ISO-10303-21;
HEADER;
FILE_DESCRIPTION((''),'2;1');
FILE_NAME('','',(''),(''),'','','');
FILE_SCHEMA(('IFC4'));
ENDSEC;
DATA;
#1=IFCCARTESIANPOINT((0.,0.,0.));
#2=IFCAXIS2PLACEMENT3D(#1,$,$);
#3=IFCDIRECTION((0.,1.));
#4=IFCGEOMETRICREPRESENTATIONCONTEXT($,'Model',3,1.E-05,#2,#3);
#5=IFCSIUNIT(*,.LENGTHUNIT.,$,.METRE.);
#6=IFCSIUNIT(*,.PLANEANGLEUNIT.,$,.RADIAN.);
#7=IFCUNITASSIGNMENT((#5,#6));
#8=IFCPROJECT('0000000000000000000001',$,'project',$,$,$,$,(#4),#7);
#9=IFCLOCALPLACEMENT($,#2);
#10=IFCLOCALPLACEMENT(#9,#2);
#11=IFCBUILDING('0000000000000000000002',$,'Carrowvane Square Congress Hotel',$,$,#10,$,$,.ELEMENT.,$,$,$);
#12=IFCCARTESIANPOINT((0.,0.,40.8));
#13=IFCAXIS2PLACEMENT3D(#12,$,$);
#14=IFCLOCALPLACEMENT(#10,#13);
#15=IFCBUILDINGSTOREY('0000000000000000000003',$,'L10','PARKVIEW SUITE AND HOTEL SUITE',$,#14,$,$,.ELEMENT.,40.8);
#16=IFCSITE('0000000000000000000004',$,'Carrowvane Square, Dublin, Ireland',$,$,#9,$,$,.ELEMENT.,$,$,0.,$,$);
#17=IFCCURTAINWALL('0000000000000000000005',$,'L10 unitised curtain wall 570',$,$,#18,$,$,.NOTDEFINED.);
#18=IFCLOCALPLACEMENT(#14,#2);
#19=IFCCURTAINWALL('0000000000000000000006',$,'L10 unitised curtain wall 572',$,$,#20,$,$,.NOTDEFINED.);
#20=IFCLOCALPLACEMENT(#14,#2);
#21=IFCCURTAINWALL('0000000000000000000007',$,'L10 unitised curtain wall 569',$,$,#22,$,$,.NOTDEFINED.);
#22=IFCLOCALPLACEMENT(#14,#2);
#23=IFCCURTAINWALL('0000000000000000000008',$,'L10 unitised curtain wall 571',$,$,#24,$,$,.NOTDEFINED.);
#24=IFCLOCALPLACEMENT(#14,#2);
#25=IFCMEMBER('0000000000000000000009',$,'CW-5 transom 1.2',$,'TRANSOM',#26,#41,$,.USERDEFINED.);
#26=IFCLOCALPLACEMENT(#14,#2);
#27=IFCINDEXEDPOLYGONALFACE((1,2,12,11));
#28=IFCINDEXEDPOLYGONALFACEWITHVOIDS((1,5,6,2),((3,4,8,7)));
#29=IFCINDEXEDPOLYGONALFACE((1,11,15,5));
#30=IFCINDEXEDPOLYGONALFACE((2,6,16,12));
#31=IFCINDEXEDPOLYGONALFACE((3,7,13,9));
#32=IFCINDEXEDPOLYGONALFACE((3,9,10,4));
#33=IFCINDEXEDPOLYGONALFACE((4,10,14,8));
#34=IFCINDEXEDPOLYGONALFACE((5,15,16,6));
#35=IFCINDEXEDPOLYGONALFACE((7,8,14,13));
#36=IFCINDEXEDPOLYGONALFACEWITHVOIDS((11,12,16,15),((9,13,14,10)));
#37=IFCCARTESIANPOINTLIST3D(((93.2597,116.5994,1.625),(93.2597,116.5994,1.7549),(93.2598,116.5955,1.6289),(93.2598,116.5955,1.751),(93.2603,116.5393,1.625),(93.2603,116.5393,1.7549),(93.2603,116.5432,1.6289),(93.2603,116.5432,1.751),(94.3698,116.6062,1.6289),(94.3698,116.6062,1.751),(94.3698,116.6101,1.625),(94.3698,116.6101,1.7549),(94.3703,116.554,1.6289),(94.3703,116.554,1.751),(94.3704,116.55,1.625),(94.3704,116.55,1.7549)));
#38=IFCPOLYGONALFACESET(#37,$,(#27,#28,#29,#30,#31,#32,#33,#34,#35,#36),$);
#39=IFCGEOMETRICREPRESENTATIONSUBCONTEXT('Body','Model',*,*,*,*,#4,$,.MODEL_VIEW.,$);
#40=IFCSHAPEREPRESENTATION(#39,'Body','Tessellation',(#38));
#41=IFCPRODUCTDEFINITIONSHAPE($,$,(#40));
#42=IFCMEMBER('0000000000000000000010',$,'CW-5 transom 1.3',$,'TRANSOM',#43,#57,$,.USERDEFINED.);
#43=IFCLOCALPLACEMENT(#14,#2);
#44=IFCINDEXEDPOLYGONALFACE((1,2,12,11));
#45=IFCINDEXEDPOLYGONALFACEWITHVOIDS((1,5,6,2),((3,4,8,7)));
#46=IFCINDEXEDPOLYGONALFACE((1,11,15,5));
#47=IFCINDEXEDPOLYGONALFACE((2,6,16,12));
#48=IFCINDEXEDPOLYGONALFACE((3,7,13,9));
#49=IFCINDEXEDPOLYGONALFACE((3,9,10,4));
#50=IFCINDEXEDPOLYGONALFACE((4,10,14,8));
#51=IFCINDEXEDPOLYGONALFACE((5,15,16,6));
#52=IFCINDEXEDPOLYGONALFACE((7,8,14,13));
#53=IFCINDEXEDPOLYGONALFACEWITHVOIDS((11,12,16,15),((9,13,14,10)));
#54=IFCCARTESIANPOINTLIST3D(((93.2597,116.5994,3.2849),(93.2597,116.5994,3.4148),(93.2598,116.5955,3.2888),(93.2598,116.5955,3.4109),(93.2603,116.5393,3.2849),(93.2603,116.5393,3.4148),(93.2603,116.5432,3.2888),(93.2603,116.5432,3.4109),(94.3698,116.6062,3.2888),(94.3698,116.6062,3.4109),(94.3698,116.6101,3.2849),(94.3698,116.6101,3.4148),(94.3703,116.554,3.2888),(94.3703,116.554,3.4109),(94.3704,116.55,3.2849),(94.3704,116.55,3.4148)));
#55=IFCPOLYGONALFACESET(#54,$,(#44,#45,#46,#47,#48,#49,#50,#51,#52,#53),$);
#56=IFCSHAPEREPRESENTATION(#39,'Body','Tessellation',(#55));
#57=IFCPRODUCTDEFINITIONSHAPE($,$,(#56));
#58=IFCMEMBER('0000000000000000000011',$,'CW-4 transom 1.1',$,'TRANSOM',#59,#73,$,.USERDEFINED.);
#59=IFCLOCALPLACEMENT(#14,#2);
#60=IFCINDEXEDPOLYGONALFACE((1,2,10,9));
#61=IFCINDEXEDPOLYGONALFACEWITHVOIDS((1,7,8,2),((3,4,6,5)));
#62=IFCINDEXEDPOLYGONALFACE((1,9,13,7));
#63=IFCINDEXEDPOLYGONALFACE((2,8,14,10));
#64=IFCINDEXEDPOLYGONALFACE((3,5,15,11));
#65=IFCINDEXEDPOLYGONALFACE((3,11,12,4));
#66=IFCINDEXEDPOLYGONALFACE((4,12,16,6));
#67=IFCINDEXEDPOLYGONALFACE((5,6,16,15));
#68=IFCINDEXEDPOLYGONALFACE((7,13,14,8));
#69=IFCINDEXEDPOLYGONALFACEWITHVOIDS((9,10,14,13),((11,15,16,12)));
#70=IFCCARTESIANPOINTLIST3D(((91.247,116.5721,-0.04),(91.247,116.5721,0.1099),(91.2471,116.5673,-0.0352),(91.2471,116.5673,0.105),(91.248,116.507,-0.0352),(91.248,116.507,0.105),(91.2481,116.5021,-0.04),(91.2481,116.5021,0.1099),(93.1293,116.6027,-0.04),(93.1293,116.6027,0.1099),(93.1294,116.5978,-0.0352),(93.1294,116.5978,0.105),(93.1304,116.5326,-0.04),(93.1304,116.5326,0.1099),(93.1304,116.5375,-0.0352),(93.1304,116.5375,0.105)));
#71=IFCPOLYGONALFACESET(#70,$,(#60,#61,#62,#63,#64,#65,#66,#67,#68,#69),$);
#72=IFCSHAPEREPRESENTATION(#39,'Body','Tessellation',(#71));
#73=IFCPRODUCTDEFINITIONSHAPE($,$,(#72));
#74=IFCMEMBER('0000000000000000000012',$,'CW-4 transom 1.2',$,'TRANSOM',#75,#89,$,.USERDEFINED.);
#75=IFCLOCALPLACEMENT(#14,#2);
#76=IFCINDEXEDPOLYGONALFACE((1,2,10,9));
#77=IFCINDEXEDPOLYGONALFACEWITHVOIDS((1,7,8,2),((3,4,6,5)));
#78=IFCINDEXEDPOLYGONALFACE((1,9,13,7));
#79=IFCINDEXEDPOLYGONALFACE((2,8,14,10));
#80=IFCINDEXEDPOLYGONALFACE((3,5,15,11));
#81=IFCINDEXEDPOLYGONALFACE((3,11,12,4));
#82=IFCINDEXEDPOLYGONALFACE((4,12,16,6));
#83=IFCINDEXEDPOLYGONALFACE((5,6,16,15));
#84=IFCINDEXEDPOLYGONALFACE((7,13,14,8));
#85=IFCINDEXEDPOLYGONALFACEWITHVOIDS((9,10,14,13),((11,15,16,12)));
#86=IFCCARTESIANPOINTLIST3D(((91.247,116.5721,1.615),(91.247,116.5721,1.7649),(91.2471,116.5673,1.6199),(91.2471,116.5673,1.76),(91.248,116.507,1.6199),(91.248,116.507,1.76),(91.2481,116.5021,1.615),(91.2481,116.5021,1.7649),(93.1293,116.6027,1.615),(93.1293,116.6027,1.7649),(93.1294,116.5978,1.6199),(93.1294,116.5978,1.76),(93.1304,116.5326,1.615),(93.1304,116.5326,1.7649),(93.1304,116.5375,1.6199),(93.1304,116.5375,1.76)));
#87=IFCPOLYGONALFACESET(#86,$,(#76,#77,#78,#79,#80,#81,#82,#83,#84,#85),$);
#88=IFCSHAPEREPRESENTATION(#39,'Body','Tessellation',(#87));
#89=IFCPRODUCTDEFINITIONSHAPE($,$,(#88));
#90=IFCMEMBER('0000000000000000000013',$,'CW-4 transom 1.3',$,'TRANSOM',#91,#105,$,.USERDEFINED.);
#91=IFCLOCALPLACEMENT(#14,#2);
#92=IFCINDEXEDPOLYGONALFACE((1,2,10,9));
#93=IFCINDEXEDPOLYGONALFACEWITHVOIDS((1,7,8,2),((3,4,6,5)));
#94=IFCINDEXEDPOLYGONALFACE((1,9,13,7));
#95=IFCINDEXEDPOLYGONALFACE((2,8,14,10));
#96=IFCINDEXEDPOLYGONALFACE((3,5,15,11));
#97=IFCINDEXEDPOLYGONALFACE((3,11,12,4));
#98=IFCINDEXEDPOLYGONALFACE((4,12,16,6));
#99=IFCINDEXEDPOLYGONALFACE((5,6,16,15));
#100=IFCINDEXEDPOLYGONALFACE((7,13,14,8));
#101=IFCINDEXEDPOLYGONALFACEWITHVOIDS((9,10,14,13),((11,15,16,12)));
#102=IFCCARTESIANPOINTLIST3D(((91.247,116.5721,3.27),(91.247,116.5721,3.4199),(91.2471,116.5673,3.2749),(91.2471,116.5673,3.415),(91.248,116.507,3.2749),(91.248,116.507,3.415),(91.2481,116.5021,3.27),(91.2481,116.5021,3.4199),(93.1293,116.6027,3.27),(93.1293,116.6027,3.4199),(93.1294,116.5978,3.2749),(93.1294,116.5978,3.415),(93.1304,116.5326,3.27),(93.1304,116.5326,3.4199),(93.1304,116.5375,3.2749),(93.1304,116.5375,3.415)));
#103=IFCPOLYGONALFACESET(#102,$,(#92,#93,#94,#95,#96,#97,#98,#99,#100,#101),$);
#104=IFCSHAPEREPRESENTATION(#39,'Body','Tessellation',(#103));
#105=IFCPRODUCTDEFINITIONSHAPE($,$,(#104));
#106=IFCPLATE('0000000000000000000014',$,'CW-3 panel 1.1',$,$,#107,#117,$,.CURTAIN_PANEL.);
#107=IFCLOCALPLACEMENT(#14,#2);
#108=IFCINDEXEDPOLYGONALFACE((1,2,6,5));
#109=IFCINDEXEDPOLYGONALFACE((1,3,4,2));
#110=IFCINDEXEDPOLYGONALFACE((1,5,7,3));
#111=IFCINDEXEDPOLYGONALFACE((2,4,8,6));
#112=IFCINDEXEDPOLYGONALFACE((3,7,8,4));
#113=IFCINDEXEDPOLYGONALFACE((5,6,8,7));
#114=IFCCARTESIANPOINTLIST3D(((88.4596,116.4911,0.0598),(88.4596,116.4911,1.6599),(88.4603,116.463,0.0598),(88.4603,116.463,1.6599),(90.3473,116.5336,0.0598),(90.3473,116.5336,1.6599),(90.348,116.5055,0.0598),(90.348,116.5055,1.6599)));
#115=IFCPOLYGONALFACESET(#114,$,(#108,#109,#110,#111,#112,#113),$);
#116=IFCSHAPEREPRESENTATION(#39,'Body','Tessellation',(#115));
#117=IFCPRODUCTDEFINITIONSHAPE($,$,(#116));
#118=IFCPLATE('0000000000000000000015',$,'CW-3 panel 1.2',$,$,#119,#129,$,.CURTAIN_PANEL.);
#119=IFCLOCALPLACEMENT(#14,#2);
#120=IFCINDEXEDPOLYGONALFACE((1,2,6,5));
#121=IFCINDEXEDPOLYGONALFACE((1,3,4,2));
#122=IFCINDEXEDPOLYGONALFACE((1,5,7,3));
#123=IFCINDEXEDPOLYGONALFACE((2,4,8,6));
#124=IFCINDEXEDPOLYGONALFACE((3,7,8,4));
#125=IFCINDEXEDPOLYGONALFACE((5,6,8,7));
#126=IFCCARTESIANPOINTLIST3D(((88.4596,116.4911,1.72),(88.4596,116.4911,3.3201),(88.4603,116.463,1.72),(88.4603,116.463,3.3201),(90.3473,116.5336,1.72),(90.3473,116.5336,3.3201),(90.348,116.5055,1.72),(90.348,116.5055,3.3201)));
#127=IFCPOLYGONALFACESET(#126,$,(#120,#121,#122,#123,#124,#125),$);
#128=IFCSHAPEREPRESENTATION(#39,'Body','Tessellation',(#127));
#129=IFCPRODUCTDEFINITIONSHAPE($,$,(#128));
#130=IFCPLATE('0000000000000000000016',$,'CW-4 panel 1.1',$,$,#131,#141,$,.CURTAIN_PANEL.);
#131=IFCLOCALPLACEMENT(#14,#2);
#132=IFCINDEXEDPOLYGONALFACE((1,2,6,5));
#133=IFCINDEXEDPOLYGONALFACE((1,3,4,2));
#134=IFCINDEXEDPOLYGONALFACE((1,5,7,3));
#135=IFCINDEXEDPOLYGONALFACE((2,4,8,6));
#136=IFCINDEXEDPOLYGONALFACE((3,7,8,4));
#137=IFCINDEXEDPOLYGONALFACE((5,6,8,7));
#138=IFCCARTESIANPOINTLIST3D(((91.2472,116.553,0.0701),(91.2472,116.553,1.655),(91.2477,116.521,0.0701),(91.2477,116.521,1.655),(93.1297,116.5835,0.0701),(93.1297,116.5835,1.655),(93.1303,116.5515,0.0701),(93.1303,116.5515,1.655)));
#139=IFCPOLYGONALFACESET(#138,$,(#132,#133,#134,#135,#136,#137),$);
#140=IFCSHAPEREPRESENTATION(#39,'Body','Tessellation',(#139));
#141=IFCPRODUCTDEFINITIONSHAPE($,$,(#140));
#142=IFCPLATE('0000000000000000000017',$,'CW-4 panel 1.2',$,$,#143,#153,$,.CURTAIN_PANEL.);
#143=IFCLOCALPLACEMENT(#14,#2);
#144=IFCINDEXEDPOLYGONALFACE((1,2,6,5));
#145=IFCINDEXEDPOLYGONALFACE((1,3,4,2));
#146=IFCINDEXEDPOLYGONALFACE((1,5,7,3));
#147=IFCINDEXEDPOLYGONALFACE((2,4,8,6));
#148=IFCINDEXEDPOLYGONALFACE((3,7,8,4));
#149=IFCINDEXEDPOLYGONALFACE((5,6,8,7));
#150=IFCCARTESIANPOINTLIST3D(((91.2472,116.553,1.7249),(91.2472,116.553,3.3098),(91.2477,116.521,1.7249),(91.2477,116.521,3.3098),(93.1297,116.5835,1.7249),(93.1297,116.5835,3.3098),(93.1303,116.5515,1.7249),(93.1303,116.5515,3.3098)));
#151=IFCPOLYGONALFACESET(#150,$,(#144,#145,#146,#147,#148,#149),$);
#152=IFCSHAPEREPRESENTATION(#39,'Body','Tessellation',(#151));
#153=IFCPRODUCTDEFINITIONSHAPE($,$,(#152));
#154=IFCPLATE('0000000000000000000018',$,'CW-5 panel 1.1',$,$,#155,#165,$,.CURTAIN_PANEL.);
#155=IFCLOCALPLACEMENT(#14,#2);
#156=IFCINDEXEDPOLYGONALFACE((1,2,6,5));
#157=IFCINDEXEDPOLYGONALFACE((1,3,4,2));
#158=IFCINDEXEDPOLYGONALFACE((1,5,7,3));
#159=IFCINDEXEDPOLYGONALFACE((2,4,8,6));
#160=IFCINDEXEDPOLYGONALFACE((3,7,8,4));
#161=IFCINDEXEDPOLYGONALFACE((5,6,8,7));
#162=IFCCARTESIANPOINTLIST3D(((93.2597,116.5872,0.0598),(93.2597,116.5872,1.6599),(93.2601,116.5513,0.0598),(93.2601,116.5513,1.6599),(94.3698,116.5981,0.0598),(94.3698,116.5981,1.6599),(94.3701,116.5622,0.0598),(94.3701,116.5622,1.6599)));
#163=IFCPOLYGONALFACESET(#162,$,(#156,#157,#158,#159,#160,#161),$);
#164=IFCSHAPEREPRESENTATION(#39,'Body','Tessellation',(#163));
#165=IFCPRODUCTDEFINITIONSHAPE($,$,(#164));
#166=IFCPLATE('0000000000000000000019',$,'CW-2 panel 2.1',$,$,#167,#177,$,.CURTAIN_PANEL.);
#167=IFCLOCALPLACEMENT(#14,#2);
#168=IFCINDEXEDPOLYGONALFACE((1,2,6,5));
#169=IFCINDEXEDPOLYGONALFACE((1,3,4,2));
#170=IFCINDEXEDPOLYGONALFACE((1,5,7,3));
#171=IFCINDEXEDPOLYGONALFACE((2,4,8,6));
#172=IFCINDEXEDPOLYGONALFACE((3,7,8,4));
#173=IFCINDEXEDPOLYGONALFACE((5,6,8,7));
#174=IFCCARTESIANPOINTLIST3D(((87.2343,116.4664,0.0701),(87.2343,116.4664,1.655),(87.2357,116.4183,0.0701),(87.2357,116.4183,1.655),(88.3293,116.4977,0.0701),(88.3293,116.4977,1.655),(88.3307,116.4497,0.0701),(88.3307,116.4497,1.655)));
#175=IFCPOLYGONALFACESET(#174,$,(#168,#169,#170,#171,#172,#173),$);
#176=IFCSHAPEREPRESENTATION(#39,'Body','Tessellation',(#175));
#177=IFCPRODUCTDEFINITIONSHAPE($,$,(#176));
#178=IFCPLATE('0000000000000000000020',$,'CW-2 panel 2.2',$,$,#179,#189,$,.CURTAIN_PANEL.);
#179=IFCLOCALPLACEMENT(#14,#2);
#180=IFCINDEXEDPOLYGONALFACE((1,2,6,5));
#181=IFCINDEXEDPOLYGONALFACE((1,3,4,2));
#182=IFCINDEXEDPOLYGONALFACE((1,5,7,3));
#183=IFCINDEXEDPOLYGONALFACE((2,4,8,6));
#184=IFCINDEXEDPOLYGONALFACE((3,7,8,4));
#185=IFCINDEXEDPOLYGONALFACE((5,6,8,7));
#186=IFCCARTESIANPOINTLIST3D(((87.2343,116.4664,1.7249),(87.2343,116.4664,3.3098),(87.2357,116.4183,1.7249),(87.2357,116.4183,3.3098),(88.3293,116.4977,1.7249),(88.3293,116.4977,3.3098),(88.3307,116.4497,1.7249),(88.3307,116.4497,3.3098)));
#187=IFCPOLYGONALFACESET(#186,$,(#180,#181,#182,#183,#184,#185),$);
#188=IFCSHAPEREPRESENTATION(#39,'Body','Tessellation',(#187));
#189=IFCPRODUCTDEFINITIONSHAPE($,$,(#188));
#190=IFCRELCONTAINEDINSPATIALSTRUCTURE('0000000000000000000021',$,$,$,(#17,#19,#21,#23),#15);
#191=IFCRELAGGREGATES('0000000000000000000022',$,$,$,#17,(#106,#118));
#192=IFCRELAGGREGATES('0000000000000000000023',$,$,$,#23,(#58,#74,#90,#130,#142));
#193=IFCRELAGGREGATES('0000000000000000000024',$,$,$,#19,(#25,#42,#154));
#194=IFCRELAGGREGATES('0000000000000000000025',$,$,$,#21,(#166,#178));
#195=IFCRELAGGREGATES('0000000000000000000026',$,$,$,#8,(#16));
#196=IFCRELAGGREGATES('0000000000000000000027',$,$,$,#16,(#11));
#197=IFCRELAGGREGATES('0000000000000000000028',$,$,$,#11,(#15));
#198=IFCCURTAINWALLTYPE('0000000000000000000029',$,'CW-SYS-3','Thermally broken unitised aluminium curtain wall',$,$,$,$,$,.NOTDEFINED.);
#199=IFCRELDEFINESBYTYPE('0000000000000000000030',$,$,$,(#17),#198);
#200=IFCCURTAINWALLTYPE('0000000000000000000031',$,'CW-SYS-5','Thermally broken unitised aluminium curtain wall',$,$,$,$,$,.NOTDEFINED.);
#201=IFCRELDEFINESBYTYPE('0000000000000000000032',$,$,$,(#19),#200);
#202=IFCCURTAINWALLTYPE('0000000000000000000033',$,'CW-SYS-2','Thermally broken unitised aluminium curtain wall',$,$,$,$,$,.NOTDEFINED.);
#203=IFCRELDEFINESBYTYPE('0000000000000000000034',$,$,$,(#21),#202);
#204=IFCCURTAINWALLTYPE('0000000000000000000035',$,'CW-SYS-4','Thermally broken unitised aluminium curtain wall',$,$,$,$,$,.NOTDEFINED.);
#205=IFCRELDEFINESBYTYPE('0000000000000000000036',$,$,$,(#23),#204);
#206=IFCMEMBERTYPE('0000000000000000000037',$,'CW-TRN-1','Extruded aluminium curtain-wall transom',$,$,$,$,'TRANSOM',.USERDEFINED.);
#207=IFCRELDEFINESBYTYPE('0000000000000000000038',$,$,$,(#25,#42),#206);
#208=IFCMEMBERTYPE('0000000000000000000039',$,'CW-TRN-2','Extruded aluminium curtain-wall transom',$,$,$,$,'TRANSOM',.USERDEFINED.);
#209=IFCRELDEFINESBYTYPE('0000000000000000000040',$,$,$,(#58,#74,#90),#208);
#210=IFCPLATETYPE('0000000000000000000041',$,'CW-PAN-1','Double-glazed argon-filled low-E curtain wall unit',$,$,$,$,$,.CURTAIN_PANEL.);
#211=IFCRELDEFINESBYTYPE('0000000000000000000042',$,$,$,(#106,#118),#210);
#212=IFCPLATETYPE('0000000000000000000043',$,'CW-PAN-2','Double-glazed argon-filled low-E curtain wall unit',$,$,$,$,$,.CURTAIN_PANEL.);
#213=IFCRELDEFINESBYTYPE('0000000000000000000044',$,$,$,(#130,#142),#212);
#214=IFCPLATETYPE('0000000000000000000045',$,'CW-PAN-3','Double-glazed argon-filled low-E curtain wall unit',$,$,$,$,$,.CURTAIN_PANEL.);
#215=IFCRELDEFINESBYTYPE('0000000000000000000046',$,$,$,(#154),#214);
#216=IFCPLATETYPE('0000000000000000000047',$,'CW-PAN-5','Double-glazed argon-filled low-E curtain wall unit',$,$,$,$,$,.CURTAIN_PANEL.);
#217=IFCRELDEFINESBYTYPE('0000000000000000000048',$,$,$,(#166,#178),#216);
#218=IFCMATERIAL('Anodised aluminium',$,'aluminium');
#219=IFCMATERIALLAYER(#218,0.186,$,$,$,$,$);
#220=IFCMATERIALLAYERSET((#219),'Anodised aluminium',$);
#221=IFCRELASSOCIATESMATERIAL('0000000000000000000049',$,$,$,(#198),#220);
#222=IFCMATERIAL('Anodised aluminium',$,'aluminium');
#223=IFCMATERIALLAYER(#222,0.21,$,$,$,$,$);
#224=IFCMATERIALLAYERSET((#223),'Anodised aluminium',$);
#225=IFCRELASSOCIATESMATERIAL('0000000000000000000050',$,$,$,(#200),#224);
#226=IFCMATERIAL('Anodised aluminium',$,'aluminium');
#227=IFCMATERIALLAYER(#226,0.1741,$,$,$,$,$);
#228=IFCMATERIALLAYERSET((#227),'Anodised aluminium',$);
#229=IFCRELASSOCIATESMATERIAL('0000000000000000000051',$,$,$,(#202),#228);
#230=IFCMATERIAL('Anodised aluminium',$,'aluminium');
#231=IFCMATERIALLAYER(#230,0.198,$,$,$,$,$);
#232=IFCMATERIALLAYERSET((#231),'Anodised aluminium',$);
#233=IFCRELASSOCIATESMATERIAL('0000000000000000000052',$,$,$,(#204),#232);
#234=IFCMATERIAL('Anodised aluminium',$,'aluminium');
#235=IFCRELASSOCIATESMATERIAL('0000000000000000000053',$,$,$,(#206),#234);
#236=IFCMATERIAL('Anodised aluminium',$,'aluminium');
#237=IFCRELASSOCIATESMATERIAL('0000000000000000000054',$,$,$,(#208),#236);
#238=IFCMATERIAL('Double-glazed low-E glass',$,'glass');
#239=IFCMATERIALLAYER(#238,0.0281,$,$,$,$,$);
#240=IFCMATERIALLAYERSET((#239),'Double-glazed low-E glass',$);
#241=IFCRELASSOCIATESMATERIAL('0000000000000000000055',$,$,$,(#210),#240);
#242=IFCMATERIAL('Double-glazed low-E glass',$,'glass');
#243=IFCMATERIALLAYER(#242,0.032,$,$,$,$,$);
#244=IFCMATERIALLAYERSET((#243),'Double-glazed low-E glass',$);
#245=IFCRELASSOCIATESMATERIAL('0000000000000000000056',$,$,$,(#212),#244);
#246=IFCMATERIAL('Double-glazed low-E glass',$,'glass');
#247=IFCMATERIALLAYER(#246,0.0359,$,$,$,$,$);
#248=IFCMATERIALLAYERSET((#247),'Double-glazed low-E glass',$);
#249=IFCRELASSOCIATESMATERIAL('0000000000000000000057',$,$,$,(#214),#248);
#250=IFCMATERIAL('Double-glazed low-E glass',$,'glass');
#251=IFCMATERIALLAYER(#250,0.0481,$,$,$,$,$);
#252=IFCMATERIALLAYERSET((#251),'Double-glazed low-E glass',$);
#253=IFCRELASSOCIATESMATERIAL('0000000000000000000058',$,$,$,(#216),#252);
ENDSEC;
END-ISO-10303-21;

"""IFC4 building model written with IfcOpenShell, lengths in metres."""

from ifc_helpers import new_model, si_unit, direction, frame, origin, origin_2d, place, context, subcontext, project, spatial, rectangle, hollow_rectangle, extrude, material, layer, layer_set, material_profile, profile_set, type_object, element, aggregate, save


model = new_model("IFC4")

# Units and contexts
model_context = context("Model", 3, precision=1e-05, world=origin(), true_north=direction((0.0, 1.0)))
body_context = subcontext(model_context, "Body", "Model", "MODEL_VIEW")
ifc_project = project(units=[si_unit("LENGTHUNIT", "METRE"), si_unit("PLANEANGLEUNIT", "RADIAN")], contexts=[model_context])

# Site, building, storey
site_placement = place(None, origin())
site = spatial("IfcSite", under=ifc_project, at=site_placement, Name="Carrowvane Square, Dublin, Ireland", CompositionType="ELEMENT", RefElevation=0.0)
building_placement = place(site_placement, origin())
building = spatial("IfcBuilding", under=site, at=building_placement, Name="Carrowvane Square Congress Hotel", CompositionType="ELEMENT")
storey_placement = place(building_placement, frame((0.0, 0.0, 40.8)))
storey = spatial("IfcBuildingStorey", under=building, at=storey_placement, Name="L10", Description="PARKVIEW SUITE AND HOTEL SUITE", CompositionType="ELEMENT", Elevation=40.8)

# Curtain wall
ifc_material_1 = material(Name="Anodised aluminium", Category="aluminium")
ifc_layer_1 = layer(ifc_material_1, 0.186)
ifc_layer_set_1 = layer_set([ifc_layer_1], Name="Anodised aluminium")
curtain_wall_type_1 = type_object("IfcCurtainWallType", Name="CW-SYS-3", Description="Thermally broken unitised aluminium curtain wall", PredefinedType="NOTDEFINED", material=ifc_layer_set_1)
curtain_wall_1_placement = place(storey_placement, origin())
curtain_wall_1 = element("IfcCurtainWall", 1, at=curtain_wall_1_placement, inside=storey, type_object=curtain_wall_type_1, Name="L10 unitised curtain wall 570", PredefinedType="NOTDEFINED")

# Curtain walls
ifc_material_2 = material(Name="Anodised aluminium", Category="aluminium")
ifc_layer_2 = layer(ifc_material_2, 0.21)
ifc_layer_set_2 = layer_set([ifc_layer_2], Name="Anodised aluminium")
curtain_wall_type_2 = type_object("IfcCurtainWallType", Name="CW-SYS-5", Description="Thermally broken unitised aluminium curtain wall", PredefinedType="NOTDEFINED", material=ifc_layer_set_2)
curtain_wall_2_placement = place(storey_placement, origin())
curtain_wall_2 = element("IfcCurtainWall", 2, at=curtain_wall_2_placement, inside=storey, type_object=curtain_wall_type_2, Name="L10 unitised curtain wall 572", PredefinedType="NOTDEFINED")
ifc_material_3 = material(Name="Anodised aluminium", Category="aluminium")
ifc_layer_3 = layer(ifc_material_3, 0.1741)
ifc_layer_set_3 = layer_set([ifc_layer_3], Name="Anodised aluminium")
curtain_wall_type_3 = type_object("IfcCurtainWallType", Name="CW-SYS-2", Description="Thermally broken unitised aluminium curtain wall", PredefinedType="NOTDEFINED", material=ifc_layer_set_3)
curtain_wall_3_placement = place(storey_placement, origin())
curtain_wall_3 = element("IfcCurtainWall", 3, at=curtain_wall_3_placement, inside=storey, type_object=curtain_wall_type_3, Name="L10 unitised curtain wall 569", PredefinedType="NOTDEFINED")

# Curtain wall
ifc_material_4 = material(Name="Anodised aluminium", Category="aluminium")
ifc_layer_4 = layer(ifc_material_4, 0.198)
ifc_layer_set_4 = layer_set([ifc_layer_4], Name="Anodised aluminium")
curtain_wall_type_4 = type_object("IfcCurtainWallType", Name="CW-SYS-4", Description="Thermally broken unitised aluminium curtain wall", PredefinedType="NOTDEFINED", material=ifc_layer_set_4)
curtain_wall_4_placement = place(storey_placement, origin())
curtain_wall_4 = element("IfcCurtainWall", 4, at=curtain_wall_4_placement, inside=storey, type_object=curtain_wall_type_4, Name="L10 unitised curtain wall 571", PredefinedType="NOTDEFINED")

# Members
ifc_material_5 = material(Name="Anodised aluminium", Category="aluminium")
ifc_material_profile_1 = material_profile(ifc_material_5, hollow_rectangle(XDim=0.0601, YDim=0.1299, WallThickness=0.0039, at=origin_2d()), Name="CW-TR 60x130x4")
ifc_profile_set_1 = profile_set([ifc_material_profile_1], Name="Anodised aluminium")
member_type_1 = type_object("IfcMemberType", Name="CW-TRN-1", Description="Extruded aluminium curtain-wall transom", ElementType="TRANSOM", PredefinedType="USERDEFINED", material=ifc_profile_set_1)
member_1_placement = place(storey_placement, frame((93.26, 116.5693, 1.6899), z_axis=(0.999953, 0.009676, 0.0), x_axis=(-0.009676, 0.999953, 0.0)))
member_1 = element("IfcMember", 5, at=member_1_placement, type_object=member_type_1, Name="CW-5 transom 1.2", ObjectType="TRANSOM", PredefinedType="USERDEFINED", context=body_context, shape_type="SweptSolid", body=[
    extrude(hollow_rectangle(XDim=0.0601, YDim=0.1299, WallThickness=0.0039, at=origin_2d()), origin(), (0.0, 0.0, 1.0), 1.1101),
])
member_2_placement = place(storey_placement, frame((93.26, 116.5693, 3.3499), z_axis=(0.999953, 0.009676, 0.0), x_axis=(-0.009676, 0.999953, 0.0)))
member_2 = element("IfcMember", 6, at=member_2_placement, type_object=member_type_1, Name="CW-5 transom 1.3", ObjectType="TRANSOM", PredefinedType="USERDEFINED", context=body_context, shape_type="SweptSolid", body=[
    extrude(hollow_rectangle(XDim=0.0601, YDim=0.1299, WallThickness=0.0039, at=origin_2d()), origin(), (0.0, 0.0, 1.0), 1.1101),
])
ifc_material_6 = material(Name="Anodised aluminium", Category="aluminium")
ifc_material_profile_2 = material_profile(ifc_material_6, hollow_rectangle(XDim=0.0701, YDim=0.1499, WallThickness=0.0049, at=origin_2d()), Name="CW-TR 70x150x5")
ifc_profile_set_2 = profile_set([ifc_material_profile_2], Name="Anodised aluminium")
member_type_2 = type_object("IfcMemberType", Name="CW-TRN-2", Description="Extruded aluminium curtain-wall transom", ElementType="TRANSOM", PredefinedType="USERDEFINED", material=ifc_profile_set_2)
member_3_placement = place(storey_placement, frame((91.2476, 116.5371, 0.0349), z_axis=(0.999869, 0.016211, 0.0), x_axis=(-0.016211, 0.999869, 0.0)))
member_3 = element("IfcMember", 7, at=member_3_placement, type_object=member_type_2, Name="CW-4 transom 1.1", ObjectType="TRANSOM", PredefinedType="USERDEFINED", context=body_context, shape_type="SweptSolid", body=[
    extrude(hollow_rectangle(XDim=0.0701, YDim=0.1499, WallThickness=0.0049, at=origin_2d()), origin(), (0.0, 0.0, 1.0), 1.8826),
])
member_4_placement = place(storey_placement, frame((91.2476, 116.5371, 1.6899), z_axis=(0.999869, 0.016211, 0.0), x_axis=(-0.016211, 0.999869, 0.0)))
member_4 = element("IfcMember", 8, at=member_4_placement, type_object=member_type_2, Name="CW-4 transom 1.2", ObjectType="TRANSOM", PredefinedType="USERDEFINED", context=body_context, shape_type="SweptSolid", body=[
    extrude(hollow_rectangle(XDim=0.0701, YDim=0.1499, WallThickness=0.0049, at=origin_2d()), origin(), (0.0, 0.0, 1.0), 1.8826),
])
member_5_placement = place(storey_placement, frame((91.2476, 116.5371, 3.345), z_axis=(0.999869, 0.016211, 0.0), x_axis=(-0.016211, 0.999869, 0.0)))
member_5 = element("IfcMember", 9, at=member_5_placement, type_object=member_type_2, Name="CW-4 transom 1.3", ObjectType="TRANSOM", PredefinedType="USERDEFINED", context=body_context, shape_type="SweptSolid", body=[
    extrude(hollow_rectangle(XDim=0.0701, YDim=0.1499, WallThickness=0.0049, at=origin_2d()), origin(), (0.0, 0.0, 1.0), 1.8826),
])

# Plates
ifc_material_7 = material(Name="Double-glazed low-E glass", Category="glass")
ifc_layer_5 = layer(ifc_material_7, 0.0281)
ifc_layer_set_5 = layer_set([ifc_layer_5], Name="Double-glazed low-E glass")
plate_type_1 = type_object("IfcPlateType", Name="CW-PAN-1", Description="Double-glazed argon-filled low-E curtain wall unit", PredefinedType="CURTAIN_PANEL", material=ifc_layer_set_5)
plate_1_placement = place(storey_placement, frame((89.4038, 116.4983, 0.0598), z_axis=(0.0, 0.0, 1.0), x_axis=(0.999746, 0.022518, 0.0)))
plate_1 = element("IfcPlate", 10, at=plate_1_placement, type_object=plate_type_1, Name="CW-3 panel 1.1", PredefinedType="CURTAIN_PANEL", context=body_context, shape_type="SweptSolid", body=[
    extrude(rectangle(XDim=1.8882, YDim=0.0281, at=origin_2d()), origin(), (0.0, 0.0, 1.0), 1.6001),
])
plate_2_placement = place(storey_placement, frame((89.4038, 116.4983, 1.72), z_axis=(0.0, 0.0, 1.0), x_axis=(0.999746, 0.022518, 0.0)))
plate_2 = element("IfcPlate", 11, at=plate_2_placement, type_object=plate_type_1, Name="CW-3 panel 1.2", PredefinedType="CURTAIN_PANEL", context=body_context, shape_type="SweptSolid", body=[
    extrude(rectangle(XDim=1.8882, YDim=0.0281, at=origin_2d()), origin(), (0.0, 0.0, 1.0), 1.6001),
])
aggregate(curtain_wall_1, [plate_1, plate_2])
ifc_material_8 = material(Name="Double-glazed low-E glass", Category="glass")
ifc_layer_6 = layer(ifc_material_8, 0.032)
ifc_layer_set_6 = layer_set([ifc_layer_6], Name="Double-glazed low-E glass")
plate_type_2 = type_object("IfcPlateType", Name="CW-PAN-2", Description="Double-glazed argon-filled low-E curtain wall unit", PredefinedType="CURTAIN_PANEL", material=ifc_layer_set_6)
plate_3_placement = place(storey_placement, frame((92.1887, 116.5522, 0.0701), z_axis=(0.0, 0.0, 1.0), x_axis=(0.999869, 0.016216, 0.0)))
plate_3 = element("IfcPlate", 12, at=plate_3_placement, type_object=plate_type_2, Name="CW-4 panel 1.1", PredefinedType="CURTAIN_PANEL", context=body_context, shape_type="SweptSolid", body=[
    extrude(rectangle(XDim=1.8828, YDim=0.032, at=origin_2d()), origin(), (0.0, 0.0, 1.0), 1.585),
])
plate_4_placement = place(storey_placement, frame((92.1887, 116.5522, 1.7249), z_axis=(0.0, 0.0, 1.0), x_axis=(0.999869, 0.016216, 0.0)))
plate_4 = element("IfcPlate", 13, at=plate_4_placement, type_object=plate_type_2, Name="CW-4 panel 1.2", PredefinedType="CURTAIN_PANEL", context=body_context, shape_type="SweptSolid", body=[
    extrude(rectangle(XDim=1.8828, YDim=0.032, at=origin_2d()), origin(), (0.0, 0.0, 1.0), 1.585),
])
aggregate(curtain_wall_4, [member_3, member_4, member_5, plate_3, plate_4])
ifc_material_9 = material(Name="Double-glazed low-E glass", Category="glass")
ifc_layer_7 = layer(ifc_material_9, 0.0359)
ifc_layer_set_7 = layer_set([ifc_layer_7], Name="Double-glazed low-E glass")
plate_type_3 = type_object("IfcPlateType", Name="CW-PAN-3", Description="Double-glazed argon-filled low-E curtain wall unit", PredefinedType="CURTAIN_PANEL", material=ifc_layer_set_7)
plate_5_placement = place(storey_placement, frame((93.8149, 116.5747, 0.0598), z_axis=(0.0, 0.0, 1.0), x_axis=(0.999952, 0.009783, 0.0)))
plate_5 = element("IfcPlate", 14, at=plate_5_placement, type_object=plate_type_3, Name="CW-5 panel 1.1", PredefinedType="CURTAIN_PANEL", context=body_context, shape_type="SweptSolid", body=[
    extrude(rectangle(XDim=1.1101, YDim=0.0359, at=origin_2d()), origin(), (0.0, 0.0, 1.0), 1.6001),
])
aggregate(curtain_wall_2, [member_1, member_2, plate_5])
ifc_material_10 = material(Name="Double-glazed low-E glass", Category="glass")
ifc_layer_8 = layer(ifc_material_10, 0.0481)
ifc_layer_set_8 = layer_set([ifc_layer_8], Name="Double-glazed low-E glass")
plate_type_4 = type_object("IfcPlateType", Name="CW-PAN-5", Description="Double-glazed argon-filled low-E curtain wall unit", PredefinedType="CURTAIN_PANEL", material=ifc_layer_set_8)
plate_6_placement = place(storey_placement, frame((87.7825, 116.458, 0.0701), z_axis=(0.0, 0.0, 1.0), x_axis=(0.99959, 0.028638, 0.0)))
plate_6 = element("IfcPlate", 15, at=plate_6_placement, type_object=plate_type_4, Name="CW-2 panel 2.1", PredefinedType="CURTAIN_PANEL", context=body_context, shape_type="SweptSolid", body=[
    extrude(rectangle(XDim=1.0955, YDim=0.0481, at=origin_2d()), origin(), (0.0, 0.0, 1.0), 1.585),
])
plate_7_placement = place(storey_placement, frame((87.7825, 116.458, 1.7249), z_axis=(0.0, 0.0, 1.0), x_axis=(0.99959, 0.028638, 0.0)))
plate_7 = element("IfcPlate", 16, at=plate_7_placement, type_object=plate_type_4, Name="CW-2 panel 2.2", PredefinedType="CURTAIN_PANEL", context=body_context, shape_type="SweptSolid", body=[
    extrude(rectangle(XDim=1.0955, YDim=0.0481, at=origin_2d()), origin(), (0.0, 0.0, 1.0), 1.585),
])
aggregate(curtain_wall_3, [plate_6, plate_7])

save(model, "model.ifc")
